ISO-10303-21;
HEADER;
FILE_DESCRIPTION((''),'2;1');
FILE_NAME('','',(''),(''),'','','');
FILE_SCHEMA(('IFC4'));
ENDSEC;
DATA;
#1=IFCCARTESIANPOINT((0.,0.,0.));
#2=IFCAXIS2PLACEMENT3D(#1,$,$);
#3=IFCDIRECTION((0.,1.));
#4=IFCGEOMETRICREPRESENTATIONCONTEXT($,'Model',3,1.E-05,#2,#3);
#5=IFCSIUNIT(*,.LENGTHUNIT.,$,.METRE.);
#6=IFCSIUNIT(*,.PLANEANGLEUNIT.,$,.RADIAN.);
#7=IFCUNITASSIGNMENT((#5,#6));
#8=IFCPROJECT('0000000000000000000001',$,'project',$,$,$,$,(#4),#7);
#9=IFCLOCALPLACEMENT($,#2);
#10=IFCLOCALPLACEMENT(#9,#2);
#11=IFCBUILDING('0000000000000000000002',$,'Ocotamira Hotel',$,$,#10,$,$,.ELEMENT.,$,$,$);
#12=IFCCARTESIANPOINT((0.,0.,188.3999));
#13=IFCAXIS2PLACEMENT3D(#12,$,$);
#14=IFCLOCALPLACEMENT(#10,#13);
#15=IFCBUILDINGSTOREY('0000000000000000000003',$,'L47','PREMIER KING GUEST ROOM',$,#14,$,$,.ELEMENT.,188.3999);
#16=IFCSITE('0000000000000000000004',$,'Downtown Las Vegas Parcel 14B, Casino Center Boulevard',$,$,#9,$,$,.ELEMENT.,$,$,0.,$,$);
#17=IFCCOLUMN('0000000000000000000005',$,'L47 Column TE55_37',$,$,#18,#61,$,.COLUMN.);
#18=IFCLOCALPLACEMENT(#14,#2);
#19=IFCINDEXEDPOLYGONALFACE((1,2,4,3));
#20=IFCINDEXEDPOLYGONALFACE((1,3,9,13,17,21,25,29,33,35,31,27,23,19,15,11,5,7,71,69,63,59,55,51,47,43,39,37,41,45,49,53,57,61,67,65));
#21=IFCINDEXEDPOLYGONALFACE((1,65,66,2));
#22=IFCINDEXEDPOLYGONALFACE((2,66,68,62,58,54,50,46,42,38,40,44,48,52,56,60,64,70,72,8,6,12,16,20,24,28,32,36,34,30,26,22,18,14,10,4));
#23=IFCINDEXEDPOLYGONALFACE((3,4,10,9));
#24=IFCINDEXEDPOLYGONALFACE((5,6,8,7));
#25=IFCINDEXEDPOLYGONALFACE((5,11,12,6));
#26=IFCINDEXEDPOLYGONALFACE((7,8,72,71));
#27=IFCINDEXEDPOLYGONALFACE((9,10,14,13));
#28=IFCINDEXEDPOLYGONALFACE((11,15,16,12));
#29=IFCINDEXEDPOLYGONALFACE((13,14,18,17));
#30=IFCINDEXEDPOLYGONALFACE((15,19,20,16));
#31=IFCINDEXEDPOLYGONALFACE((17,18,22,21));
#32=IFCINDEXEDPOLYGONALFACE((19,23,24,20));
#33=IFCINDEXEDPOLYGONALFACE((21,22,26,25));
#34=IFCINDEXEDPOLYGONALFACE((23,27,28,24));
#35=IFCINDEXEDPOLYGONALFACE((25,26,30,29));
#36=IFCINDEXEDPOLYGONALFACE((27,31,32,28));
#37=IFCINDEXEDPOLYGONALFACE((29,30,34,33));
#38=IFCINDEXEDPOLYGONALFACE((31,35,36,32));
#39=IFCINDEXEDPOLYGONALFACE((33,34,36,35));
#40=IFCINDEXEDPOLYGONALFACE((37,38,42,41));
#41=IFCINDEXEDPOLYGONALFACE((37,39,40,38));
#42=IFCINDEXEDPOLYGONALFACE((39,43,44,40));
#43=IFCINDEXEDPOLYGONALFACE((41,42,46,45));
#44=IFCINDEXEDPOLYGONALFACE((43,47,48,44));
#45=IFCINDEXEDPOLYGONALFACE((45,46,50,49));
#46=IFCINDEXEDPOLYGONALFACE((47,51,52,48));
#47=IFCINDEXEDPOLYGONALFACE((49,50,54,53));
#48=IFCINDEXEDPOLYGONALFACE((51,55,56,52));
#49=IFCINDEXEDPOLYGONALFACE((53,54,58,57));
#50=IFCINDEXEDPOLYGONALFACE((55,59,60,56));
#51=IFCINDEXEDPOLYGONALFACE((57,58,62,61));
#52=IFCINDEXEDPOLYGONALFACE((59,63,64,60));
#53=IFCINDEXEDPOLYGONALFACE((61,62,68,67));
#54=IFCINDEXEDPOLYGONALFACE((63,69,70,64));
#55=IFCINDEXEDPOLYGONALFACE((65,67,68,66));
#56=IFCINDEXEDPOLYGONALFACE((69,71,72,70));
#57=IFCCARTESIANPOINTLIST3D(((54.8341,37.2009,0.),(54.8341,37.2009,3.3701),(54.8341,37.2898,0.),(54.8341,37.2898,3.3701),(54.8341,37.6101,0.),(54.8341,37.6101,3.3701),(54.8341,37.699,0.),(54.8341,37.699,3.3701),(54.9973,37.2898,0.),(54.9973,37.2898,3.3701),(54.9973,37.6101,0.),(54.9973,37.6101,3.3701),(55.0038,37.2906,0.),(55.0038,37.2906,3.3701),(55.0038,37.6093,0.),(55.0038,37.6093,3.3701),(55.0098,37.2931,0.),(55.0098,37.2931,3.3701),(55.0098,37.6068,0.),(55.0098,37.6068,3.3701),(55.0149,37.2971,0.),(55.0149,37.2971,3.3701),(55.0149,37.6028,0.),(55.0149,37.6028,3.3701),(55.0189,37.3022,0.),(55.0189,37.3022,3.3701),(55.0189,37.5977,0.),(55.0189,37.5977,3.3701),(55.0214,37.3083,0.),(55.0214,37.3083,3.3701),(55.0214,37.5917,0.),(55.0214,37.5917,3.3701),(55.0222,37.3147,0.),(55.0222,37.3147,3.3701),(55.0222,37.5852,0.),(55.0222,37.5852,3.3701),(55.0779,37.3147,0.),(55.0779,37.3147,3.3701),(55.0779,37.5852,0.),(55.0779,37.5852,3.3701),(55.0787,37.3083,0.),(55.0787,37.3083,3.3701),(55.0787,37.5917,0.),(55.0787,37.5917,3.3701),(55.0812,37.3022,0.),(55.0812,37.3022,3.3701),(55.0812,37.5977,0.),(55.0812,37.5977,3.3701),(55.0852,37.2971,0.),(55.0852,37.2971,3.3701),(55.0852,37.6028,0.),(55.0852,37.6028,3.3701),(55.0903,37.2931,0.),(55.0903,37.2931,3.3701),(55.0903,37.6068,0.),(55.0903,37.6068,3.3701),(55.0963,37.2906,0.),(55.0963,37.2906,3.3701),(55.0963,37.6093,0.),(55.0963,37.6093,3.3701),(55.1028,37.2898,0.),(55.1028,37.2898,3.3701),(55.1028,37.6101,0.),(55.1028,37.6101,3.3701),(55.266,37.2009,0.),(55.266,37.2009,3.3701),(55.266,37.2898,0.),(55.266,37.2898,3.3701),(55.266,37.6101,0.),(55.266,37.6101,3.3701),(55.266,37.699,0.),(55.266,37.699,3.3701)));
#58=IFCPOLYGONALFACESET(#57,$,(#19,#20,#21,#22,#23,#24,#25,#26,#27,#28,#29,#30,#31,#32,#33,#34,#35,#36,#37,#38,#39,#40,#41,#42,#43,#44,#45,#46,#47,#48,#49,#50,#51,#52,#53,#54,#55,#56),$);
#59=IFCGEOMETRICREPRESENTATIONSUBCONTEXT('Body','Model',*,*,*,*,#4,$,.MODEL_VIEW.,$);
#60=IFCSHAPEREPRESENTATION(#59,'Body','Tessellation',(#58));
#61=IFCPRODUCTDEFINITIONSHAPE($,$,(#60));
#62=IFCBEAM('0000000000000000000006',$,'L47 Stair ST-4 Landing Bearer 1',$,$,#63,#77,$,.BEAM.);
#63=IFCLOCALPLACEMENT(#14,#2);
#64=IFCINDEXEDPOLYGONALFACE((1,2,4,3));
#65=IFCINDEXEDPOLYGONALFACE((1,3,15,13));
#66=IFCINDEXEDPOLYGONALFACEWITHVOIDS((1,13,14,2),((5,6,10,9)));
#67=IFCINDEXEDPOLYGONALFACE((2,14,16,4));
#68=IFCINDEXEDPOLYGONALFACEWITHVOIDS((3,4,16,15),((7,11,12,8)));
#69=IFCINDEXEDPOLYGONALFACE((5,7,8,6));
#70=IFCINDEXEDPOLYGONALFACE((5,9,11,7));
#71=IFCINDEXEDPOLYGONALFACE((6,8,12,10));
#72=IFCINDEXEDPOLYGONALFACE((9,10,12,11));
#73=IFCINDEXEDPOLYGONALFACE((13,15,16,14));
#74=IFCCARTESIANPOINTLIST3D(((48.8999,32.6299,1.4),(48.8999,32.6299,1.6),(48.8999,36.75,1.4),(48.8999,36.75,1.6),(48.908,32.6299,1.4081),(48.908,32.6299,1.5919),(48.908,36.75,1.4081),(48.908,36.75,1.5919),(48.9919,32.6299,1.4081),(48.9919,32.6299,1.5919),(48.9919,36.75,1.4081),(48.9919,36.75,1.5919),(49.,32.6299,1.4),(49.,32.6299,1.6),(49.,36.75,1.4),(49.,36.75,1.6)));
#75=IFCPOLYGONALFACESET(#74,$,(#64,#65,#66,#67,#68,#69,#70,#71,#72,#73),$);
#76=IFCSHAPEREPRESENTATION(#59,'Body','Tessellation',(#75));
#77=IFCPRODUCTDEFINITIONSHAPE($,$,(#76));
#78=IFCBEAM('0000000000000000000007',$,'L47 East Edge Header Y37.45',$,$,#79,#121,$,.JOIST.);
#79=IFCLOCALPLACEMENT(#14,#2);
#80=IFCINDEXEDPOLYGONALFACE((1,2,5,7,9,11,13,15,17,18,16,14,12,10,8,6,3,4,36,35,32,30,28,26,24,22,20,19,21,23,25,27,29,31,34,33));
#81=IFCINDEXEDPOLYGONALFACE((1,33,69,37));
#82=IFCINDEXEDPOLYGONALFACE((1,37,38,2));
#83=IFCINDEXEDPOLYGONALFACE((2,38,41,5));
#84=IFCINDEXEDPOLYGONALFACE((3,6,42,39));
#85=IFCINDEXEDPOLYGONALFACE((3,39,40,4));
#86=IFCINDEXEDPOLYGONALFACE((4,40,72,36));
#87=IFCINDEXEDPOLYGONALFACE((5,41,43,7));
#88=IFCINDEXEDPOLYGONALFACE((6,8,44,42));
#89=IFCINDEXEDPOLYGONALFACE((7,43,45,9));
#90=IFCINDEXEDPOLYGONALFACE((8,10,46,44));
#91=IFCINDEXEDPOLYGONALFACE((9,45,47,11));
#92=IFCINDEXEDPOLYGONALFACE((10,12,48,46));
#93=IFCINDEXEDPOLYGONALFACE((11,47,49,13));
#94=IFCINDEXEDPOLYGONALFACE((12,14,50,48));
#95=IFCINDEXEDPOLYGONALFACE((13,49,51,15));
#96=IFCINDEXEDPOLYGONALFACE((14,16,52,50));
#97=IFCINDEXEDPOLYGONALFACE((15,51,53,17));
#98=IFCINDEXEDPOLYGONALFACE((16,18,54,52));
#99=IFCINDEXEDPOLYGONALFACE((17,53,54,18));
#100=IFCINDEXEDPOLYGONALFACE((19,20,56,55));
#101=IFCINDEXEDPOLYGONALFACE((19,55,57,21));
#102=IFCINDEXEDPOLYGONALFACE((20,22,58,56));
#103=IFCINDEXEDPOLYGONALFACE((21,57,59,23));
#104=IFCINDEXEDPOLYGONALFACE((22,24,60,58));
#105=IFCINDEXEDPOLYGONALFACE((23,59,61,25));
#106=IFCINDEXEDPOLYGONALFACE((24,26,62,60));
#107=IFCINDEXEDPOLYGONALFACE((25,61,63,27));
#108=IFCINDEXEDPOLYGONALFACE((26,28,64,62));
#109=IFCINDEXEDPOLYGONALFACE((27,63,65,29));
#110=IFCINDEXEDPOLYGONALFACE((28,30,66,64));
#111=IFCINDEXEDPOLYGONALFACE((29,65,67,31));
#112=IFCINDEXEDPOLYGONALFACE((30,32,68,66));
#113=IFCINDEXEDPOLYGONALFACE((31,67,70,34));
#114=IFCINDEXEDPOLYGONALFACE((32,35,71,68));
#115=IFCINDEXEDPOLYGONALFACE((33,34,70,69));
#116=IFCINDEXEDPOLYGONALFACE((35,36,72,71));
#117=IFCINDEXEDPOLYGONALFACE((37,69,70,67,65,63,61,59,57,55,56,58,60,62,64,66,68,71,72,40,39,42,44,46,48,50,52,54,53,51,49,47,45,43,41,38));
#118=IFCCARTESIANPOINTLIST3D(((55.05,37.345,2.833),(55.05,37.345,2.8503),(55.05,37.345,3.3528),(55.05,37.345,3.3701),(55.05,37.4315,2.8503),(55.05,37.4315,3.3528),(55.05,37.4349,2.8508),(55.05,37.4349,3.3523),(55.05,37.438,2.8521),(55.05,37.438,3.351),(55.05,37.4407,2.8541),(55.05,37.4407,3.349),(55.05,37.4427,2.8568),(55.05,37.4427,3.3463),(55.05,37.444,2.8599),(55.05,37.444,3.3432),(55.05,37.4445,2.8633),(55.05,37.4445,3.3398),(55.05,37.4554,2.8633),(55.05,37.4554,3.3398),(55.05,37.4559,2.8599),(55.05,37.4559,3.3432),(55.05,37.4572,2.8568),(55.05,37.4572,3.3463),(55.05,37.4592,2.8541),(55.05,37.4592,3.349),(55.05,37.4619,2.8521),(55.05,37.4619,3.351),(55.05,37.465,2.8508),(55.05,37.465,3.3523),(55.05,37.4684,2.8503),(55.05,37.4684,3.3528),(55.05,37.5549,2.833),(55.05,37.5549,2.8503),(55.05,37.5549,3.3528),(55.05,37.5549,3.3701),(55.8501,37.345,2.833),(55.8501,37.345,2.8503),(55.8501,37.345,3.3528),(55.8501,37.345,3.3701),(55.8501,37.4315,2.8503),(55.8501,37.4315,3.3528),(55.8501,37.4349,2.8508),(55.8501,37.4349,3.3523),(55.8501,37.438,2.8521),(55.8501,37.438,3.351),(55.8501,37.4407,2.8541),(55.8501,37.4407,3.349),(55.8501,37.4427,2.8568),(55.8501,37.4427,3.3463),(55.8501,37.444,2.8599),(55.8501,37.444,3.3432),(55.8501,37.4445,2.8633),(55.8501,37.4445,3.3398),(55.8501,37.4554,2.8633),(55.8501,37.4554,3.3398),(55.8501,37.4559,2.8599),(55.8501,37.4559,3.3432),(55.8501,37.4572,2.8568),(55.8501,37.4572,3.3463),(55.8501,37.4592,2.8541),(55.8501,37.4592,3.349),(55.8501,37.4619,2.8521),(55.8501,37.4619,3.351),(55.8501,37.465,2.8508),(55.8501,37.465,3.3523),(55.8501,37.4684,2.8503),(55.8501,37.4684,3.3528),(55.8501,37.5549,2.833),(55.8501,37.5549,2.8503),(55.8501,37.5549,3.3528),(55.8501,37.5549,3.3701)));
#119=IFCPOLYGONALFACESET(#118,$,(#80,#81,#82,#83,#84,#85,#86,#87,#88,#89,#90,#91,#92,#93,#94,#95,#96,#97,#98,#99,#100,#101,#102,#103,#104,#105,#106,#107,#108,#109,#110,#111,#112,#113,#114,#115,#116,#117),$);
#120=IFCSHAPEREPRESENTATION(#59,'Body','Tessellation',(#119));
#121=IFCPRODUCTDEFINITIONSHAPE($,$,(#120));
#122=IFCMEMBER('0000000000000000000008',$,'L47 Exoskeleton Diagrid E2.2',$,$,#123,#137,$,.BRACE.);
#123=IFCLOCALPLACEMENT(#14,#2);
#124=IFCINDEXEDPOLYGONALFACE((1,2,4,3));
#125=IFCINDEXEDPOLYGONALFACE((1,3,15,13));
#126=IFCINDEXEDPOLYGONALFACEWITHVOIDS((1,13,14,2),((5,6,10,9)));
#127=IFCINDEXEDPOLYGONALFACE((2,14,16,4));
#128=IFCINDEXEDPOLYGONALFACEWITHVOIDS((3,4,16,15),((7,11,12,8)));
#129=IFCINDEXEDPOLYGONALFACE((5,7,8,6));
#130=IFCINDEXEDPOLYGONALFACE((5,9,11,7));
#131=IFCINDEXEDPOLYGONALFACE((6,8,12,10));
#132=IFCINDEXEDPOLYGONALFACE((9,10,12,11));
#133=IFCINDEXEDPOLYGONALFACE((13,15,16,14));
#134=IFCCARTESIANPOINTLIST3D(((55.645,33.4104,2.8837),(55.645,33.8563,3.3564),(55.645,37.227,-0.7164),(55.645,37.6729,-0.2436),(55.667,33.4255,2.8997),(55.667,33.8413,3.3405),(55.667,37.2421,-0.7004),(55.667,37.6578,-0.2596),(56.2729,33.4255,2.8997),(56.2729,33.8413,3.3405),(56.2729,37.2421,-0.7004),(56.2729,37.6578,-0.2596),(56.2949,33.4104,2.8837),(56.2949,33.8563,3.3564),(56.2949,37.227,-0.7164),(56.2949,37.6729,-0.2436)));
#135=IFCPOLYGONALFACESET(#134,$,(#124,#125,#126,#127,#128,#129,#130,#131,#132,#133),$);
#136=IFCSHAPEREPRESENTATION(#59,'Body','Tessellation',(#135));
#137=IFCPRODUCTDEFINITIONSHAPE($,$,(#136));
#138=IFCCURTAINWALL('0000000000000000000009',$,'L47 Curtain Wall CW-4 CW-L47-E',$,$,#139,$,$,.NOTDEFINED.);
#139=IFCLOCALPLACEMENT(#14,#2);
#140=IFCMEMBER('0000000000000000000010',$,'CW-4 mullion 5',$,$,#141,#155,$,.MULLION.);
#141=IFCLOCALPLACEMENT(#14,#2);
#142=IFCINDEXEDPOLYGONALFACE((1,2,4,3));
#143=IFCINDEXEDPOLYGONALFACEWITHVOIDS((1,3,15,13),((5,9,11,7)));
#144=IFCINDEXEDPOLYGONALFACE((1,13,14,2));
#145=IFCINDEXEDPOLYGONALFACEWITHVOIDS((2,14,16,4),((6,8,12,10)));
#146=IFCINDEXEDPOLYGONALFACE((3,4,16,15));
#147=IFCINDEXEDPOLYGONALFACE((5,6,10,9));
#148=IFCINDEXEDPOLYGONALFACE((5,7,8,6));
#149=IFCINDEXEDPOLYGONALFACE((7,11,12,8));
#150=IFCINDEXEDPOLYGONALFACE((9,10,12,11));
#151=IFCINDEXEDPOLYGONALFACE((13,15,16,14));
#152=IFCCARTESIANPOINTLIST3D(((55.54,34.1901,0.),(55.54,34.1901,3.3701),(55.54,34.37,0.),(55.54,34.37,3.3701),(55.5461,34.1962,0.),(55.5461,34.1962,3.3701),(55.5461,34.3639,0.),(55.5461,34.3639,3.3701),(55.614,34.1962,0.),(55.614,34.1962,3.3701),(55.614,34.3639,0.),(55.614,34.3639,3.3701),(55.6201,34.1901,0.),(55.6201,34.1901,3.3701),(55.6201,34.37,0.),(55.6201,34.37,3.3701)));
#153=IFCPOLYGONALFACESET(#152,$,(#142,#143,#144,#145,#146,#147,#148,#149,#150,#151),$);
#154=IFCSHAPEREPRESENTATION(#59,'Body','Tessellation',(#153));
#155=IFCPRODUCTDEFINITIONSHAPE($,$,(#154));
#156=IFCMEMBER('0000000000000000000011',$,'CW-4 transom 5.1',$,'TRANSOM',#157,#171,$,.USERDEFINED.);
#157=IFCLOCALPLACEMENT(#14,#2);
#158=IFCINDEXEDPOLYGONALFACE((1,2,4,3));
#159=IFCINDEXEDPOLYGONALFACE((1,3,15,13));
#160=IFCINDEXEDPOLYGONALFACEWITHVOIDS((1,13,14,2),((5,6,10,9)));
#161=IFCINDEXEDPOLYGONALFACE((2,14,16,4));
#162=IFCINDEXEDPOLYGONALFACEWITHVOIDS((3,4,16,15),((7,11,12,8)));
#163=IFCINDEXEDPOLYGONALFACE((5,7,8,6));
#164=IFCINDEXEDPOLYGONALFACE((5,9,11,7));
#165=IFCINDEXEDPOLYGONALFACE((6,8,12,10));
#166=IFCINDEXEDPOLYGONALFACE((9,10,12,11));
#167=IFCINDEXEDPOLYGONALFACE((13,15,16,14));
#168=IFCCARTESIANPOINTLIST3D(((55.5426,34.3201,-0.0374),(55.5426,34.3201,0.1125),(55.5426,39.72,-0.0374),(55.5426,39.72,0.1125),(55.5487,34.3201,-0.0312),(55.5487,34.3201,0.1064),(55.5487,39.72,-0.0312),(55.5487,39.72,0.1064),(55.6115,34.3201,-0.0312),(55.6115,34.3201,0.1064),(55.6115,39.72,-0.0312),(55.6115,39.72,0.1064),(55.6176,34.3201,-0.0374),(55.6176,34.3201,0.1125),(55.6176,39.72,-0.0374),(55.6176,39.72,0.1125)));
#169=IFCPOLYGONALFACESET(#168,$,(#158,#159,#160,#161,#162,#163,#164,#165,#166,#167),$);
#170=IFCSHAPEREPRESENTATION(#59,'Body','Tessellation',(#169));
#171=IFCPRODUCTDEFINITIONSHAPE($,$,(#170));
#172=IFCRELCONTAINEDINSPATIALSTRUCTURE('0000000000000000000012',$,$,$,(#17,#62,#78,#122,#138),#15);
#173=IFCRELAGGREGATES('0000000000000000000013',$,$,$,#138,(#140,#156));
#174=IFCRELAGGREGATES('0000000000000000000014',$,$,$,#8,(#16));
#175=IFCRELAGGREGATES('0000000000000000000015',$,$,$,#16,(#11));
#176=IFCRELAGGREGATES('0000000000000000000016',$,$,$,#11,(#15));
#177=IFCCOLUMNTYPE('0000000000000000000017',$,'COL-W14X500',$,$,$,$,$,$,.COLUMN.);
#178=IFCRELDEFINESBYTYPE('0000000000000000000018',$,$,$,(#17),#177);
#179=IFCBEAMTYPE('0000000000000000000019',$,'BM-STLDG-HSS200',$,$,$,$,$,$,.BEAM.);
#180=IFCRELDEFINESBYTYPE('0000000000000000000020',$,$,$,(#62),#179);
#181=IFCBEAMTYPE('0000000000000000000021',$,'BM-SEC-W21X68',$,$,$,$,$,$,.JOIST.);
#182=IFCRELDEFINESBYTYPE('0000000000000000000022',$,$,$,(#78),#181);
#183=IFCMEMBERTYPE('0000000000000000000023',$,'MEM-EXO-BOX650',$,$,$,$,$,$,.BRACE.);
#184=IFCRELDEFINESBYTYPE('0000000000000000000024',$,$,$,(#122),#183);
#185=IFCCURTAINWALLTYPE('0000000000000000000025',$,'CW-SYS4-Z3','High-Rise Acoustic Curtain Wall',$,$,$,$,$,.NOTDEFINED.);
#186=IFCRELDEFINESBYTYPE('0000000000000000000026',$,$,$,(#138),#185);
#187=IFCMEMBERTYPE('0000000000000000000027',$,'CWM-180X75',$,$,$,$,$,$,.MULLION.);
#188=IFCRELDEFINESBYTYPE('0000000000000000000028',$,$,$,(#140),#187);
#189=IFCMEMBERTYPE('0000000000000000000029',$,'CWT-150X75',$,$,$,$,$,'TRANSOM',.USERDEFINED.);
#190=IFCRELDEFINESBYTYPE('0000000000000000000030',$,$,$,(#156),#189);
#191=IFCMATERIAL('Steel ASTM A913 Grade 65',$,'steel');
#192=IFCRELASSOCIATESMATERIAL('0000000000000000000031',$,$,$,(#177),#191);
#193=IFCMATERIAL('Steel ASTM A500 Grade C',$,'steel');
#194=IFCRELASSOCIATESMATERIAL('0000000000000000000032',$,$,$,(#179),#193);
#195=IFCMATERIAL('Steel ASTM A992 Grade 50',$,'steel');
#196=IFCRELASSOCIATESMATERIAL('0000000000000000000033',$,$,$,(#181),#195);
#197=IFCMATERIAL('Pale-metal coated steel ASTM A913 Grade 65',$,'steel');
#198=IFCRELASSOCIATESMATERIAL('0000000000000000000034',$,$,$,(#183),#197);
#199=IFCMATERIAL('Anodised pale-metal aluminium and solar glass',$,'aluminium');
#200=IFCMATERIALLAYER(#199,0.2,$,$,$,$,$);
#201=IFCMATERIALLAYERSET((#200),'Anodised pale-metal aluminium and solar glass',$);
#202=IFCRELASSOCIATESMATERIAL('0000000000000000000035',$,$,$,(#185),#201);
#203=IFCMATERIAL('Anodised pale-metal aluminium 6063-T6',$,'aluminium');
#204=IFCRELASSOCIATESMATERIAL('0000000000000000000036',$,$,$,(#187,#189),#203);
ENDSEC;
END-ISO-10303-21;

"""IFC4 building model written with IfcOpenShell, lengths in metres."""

from ifc_helpers import new_model, si_unit, direction, frame, origin, origin_2d, place, context, subcontext, project, spatial, hollow_rectangle, i_section, extrude, source, transform, mapped, material, layer, layer_set, material_profile, profile_set, type_object, element, aggregate, save


model = new_model("IFC4")

# Units and contexts
model_context = context("Model", 3, precision=1e-05, world=origin(), true_north=direction((0.0, 1.0)))
body_context = subcontext(model_context, "Body", "Model", "MODEL_VIEW")
ifc_project = project(units=[si_unit("LENGTHUNIT", "METRE"), si_unit("PLANEANGLEUNIT", "RADIAN")], contexts=[model_context])

# Site, building, storey
site_placement = place(None, origin())
site = spatial("IfcSite", under=ifc_project, at=site_placement, Name="Downtown Las Vegas Parcel 14B, Casino Center Boulevard", CompositionType="ELEMENT", RefElevation=0.0)
building_placement = place(site_placement, origin())
building = spatial("IfcBuilding", under=site, at=building_placement, Name="Ocotamira Hotel", CompositionType="ELEMENT")
storey_placement = place(building_placement, frame((0.0, 0.0, 188.3999)))
storey = spatial("IfcBuildingStorey", under=building, at=storey_placement, Name="L47", Description="PREMIER KING GUEST ROOM", CompositionType="ELEMENT", Elevation=188.3999)

# Column
ifc_material_1 = material(Name="Steel ASTM A913 Grade 65", Category="steel")
ifc_material_profile_1 = material_profile(ifc_material_1, i_section(OverallWidth=0.4319, OverallDepth=0.498, WebThickness=0.0557, FlangeThickness=0.0889, FilletRadius=0.0249, at=origin_2d()), Name="W14X500")
ifc_profile_set_1 = profile_set([ifc_material_profile_1], Name="Steel ASTM A913 Grade 65")
column_type = type_object("IfcColumnType", Name="COL-W14X500", PredefinedType="COLUMN", material=ifc_profile_set_1)
shared_shape_1 = source(origin(), body_context, "Body", "SweptSolid", [
    extrude(i_section(OverallWidth=0.4319, OverallDepth=0.498, WebThickness=0.0557, FlangeThickness=0.0889, FilletRadius=0.0249, at=origin_2d()), origin(), (0.0, 0.0, 1.0), 3.3701),
])
column_placement = place(storey_placement, frame((55.05, 37.45, 0.0), z_axis=(0.0, 0.0, 1.0), x_axis=(1.0, 0.0, 0.0)))
element("IfcColumn", 1, at=column_placement, inside=storey, type_object=column_type, Name="L47 Column TE55_37", PredefinedType="COLUMN", context=body_context, shape_type="MappedRepresentation", body=[
    mapped(shared_shape_1, transform((0.0, 0.0, 0.0), scale=1.0)),
])

# Beams
ifc_material_2 = material(Name="Steel ASTM A500 Grade C", Category="steel")
ifc_material_profile_2 = material_profile(ifc_material_2, hollow_rectangle(XDim=0.1001, YDim=0.2, WallThickness=0.0081, at=origin_2d()), Name="HSS200X100X8")
ifc_profile_set_2 = profile_set([ifc_material_profile_2], Name="Steel ASTM A500 Grade C")
beam_type_1 = type_object("IfcBeamType", Name="BM-STLDG-HSS200", PredefinedType="BEAM", material=ifc_profile_set_2)
shared_shape_2 = source(origin(), body_context, "Body", "SweptSolid", [
    extrude(hollow_rectangle(XDim=0.1001, YDim=0.2, WallThickness=0.0081, at=origin_2d()), origin(), (0.0, 0.0, 1.0), 4.1201),
])
beam_1_placement = place(storey_placement, frame((48.95, 32.6299, 1.5), z_axis=(0.0, 1.0, 0.0), x_axis=(-1.0, 0.0, 0.0)))
element("IfcBeam", 2, at=beam_1_placement, inside=storey, type_object=beam_type_1, Name="L47 Stair ST-4 Landing Bearer 1", PredefinedType="BEAM", context=body_context, shape_type="MappedRepresentation", body=[
    mapped(shared_shape_2, transform((0.0, 0.0, 0.0), scale=1.0)),
])
ifc_material_3 = material(Name="Steel ASTM A992 Grade 50", Category="steel")
ifc_material_profile_3 = material_profile(ifc_material_3, i_section(OverallWidth=0.21, OverallDepth=0.5371, WebThickness=0.011, FlangeThickness=0.0173, FilletRadius=0.0129, at=origin_2d()), Name="W21X68")
ifc_profile_set_3 = profile_set([ifc_material_profile_3], Name="Steel ASTM A992 Grade 50")
beam_type_2 = type_object("IfcBeamType", Name="BM-SEC-W21X68", PredefinedType="JOIST", material=ifc_profile_set_3)
shared_shape_3 = source(origin(), body_context, "Body", "SweptSolid", [
    extrude(i_section(OverallWidth=0.21, OverallDepth=0.5371, WebThickness=0.011, FlangeThickness=0.0173, FilletRadius=0.0129, at=origin_2d()), origin(), (0.0, 0.0, 1.0), 0.8),
])
beam_2_placement = place(storey_placement, frame((55.05, 37.45, 3.1016), z_axis=(1.0, 0.0, 0.0), x_axis=(0.0, 1.0, 0.0)))
element("IfcBeam", 3, at=beam_2_placement, inside=storey, type_object=beam_type_2, Name="L47 East Edge Header Y37.45", PredefinedType="JOIST", context=body_context, shape_type="MappedRepresentation", body=[
    mapped(shared_shape_3, transform((0.0, 0.0, 0.0), scale=1.0)),
])

# Member
ifc_material_4 = material(Name="Pale-metal coated steel ASTM A913 Grade 65", Category="steel")
ifc_material_profile_4 = material_profile(ifc_material_4, hollow_rectangle(XDim=0.6499, YDim=0.6499, WallThickness=0.022, at=origin_2d()), Name="BOX650X650X22")
ifc_profile_set_4 = profile_set([ifc_material_profile_4], Name="Pale-metal coated steel ASTM A913 Grade 65")
member_type_1 = type_object("IfcMemberType", Name="MEM-EXO-BOX650", PredefinedType="BRACE", material=ifc_profile_set_4)
shared_shape_4 = source(origin(), body_context, "Body", "SweptSolid", [
    extrude(hollow_rectangle(XDim=0.6499, YDim=0.6499, WallThickness=0.022, at=origin_2d()), origin(), (0.0, 0.0, 1.0), 5.2466),
])
member_1_placement = place(storey_placement, frame((55.97, 37.45, -0.48), z_axis=(0.0, -0.727443, 0.686168), x_axis=(1.0, 0.0, 0.0)))
element("IfcMember", 4, at=member_1_placement, inside=storey, type_object=member_type_1, Name="L47 Exoskeleton Diagrid E2.2", PredefinedType="BRACE", context=body_context, shape_type="MappedRepresentation", body=[
    mapped(shared_shape_4, transform((0.0, 0.0, 0.0), scale=1.0)),
])

# Curtain wall, members
ifc_material_5 = material(Name="Anodised pale-metal aluminium and solar glass", Category="aluminium")
ifc_layer_1 = layer(ifc_material_5, 0.2)
ifc_layer_set_1 = layer_set([ifc_layer_1], Name="Anodised pale-metal aluminium and solar glass")
curtain_wall_type = type_object("IfcCurtainWallType", Name="CW-SYS4-Z3", Description="High-Rise Acoustic Curtain Wall", PredefinedType="NOTDEFINED", material=ifc_layer_set_1)
curtain_wall_placement = place(storey_placement, origin())
curtain_wall = element("IfcCurtainWall", 5, at=curtain_wall_placement, inside=storey, type_object=curtain_wall_type, Name="L47 Curtain Wall CW-4 CW-L47-E", PredefinedType="NOTDEFINED")
ifc_material_6 = material(Name="Anodised pale-metal aluminium 6063-T6", Category="aluminium")
ifc_material_profile_5 = material_profile(ifc_material_6, hollow_rectangle(XDim=0.0801, YDim=0.1799, WallThickness=0.0061, at=origin_2d()), Name="HSS180X80X6")
ifc_profile_set_5 = profile_set([ifc_material_profile_5], Name="Anodised pale-metal aluminium 6063-T6")
member_type_2 = type_object("IfcMemberType", Name="CWM-180X75", PredefinedType="MULLION", material=ifc_profile_set_5)
shared_shape_5 = source(origin(), body_context, "Body", "SweptSolid", [
    extrude(hollow_rectangle(XDim=0.0801, YDim=0.1799, WallThickness=0.0061, at=origin_2d()), origin(), (0.0, 0.0, 1.0), 3.3701),
])
member_2_placement = place(storey_placement, frame((55.5801, 34.28, 0.0), z_axis=(0.0, 0.0, 1.0), x_axis=(-1.0, 0.0, 0.0)))
member_2 = element("IfcMember", 6, at=member_2_placement, type_object=member_type_2, Name="CW-4 mullion 5", PredefinedType="MULLION", context=body_context, shape_type="MappedRepresentation", body=[
    mapped(shared_shape_5, transform((0.0, 0.0, 0.0), scale=1.0)),
])
ifc_material_profile_6 = material_profile(ifc_material_6, hollow_rectangle(XDim=0.075, YDim=0.1499, WallThickness=0.0061, at=origin_2d()), Name="HSS150X75X6")
ifc_profile_set_6 = profile_set([ifc_material_profile_6], Name="Anodised pale-metal aluminium 6063-T6")
member_type_3 = type_object("IfcMemberType", Name="CWT-150X75", ElementType="TRANSOM", PredefinedType="USERDEFINED", material=ifc_profile_set_6)
shared_shape_6 = source(origin(), body_context, "Body", "SweptSolid", [
    extrude(hollow_rectangle(XDim=0.075, YDim=0.1499, WallThickness=0.0061, at=origin_2d()), origin(), (0.0, 0.0, 1.0), 5.3999),
])
member_3_placement = place(storey_placement, frame((55.5801, 34.3201, 0.0376), z_axis=(0.0, 1.0, 0.0), x_axis=(-1.0, 0.0, 0.0)))
member_3 = element("IfcMember", 7, at=member_3_placement, type_object=member_type_3, Name="CW-4 transom 5.1", ObjectType="TRANSOM", PredefinedType="USERDEFINED", context=body_context, shape_type="MappedRepresentation", body=[
    mapped(shared_shape_6, transform((0.0, 0.0, 0.0), scale=1.0)),
])

aggregate(curtain_wall, [member_2, member_3])

save(model, "model.ifc")
